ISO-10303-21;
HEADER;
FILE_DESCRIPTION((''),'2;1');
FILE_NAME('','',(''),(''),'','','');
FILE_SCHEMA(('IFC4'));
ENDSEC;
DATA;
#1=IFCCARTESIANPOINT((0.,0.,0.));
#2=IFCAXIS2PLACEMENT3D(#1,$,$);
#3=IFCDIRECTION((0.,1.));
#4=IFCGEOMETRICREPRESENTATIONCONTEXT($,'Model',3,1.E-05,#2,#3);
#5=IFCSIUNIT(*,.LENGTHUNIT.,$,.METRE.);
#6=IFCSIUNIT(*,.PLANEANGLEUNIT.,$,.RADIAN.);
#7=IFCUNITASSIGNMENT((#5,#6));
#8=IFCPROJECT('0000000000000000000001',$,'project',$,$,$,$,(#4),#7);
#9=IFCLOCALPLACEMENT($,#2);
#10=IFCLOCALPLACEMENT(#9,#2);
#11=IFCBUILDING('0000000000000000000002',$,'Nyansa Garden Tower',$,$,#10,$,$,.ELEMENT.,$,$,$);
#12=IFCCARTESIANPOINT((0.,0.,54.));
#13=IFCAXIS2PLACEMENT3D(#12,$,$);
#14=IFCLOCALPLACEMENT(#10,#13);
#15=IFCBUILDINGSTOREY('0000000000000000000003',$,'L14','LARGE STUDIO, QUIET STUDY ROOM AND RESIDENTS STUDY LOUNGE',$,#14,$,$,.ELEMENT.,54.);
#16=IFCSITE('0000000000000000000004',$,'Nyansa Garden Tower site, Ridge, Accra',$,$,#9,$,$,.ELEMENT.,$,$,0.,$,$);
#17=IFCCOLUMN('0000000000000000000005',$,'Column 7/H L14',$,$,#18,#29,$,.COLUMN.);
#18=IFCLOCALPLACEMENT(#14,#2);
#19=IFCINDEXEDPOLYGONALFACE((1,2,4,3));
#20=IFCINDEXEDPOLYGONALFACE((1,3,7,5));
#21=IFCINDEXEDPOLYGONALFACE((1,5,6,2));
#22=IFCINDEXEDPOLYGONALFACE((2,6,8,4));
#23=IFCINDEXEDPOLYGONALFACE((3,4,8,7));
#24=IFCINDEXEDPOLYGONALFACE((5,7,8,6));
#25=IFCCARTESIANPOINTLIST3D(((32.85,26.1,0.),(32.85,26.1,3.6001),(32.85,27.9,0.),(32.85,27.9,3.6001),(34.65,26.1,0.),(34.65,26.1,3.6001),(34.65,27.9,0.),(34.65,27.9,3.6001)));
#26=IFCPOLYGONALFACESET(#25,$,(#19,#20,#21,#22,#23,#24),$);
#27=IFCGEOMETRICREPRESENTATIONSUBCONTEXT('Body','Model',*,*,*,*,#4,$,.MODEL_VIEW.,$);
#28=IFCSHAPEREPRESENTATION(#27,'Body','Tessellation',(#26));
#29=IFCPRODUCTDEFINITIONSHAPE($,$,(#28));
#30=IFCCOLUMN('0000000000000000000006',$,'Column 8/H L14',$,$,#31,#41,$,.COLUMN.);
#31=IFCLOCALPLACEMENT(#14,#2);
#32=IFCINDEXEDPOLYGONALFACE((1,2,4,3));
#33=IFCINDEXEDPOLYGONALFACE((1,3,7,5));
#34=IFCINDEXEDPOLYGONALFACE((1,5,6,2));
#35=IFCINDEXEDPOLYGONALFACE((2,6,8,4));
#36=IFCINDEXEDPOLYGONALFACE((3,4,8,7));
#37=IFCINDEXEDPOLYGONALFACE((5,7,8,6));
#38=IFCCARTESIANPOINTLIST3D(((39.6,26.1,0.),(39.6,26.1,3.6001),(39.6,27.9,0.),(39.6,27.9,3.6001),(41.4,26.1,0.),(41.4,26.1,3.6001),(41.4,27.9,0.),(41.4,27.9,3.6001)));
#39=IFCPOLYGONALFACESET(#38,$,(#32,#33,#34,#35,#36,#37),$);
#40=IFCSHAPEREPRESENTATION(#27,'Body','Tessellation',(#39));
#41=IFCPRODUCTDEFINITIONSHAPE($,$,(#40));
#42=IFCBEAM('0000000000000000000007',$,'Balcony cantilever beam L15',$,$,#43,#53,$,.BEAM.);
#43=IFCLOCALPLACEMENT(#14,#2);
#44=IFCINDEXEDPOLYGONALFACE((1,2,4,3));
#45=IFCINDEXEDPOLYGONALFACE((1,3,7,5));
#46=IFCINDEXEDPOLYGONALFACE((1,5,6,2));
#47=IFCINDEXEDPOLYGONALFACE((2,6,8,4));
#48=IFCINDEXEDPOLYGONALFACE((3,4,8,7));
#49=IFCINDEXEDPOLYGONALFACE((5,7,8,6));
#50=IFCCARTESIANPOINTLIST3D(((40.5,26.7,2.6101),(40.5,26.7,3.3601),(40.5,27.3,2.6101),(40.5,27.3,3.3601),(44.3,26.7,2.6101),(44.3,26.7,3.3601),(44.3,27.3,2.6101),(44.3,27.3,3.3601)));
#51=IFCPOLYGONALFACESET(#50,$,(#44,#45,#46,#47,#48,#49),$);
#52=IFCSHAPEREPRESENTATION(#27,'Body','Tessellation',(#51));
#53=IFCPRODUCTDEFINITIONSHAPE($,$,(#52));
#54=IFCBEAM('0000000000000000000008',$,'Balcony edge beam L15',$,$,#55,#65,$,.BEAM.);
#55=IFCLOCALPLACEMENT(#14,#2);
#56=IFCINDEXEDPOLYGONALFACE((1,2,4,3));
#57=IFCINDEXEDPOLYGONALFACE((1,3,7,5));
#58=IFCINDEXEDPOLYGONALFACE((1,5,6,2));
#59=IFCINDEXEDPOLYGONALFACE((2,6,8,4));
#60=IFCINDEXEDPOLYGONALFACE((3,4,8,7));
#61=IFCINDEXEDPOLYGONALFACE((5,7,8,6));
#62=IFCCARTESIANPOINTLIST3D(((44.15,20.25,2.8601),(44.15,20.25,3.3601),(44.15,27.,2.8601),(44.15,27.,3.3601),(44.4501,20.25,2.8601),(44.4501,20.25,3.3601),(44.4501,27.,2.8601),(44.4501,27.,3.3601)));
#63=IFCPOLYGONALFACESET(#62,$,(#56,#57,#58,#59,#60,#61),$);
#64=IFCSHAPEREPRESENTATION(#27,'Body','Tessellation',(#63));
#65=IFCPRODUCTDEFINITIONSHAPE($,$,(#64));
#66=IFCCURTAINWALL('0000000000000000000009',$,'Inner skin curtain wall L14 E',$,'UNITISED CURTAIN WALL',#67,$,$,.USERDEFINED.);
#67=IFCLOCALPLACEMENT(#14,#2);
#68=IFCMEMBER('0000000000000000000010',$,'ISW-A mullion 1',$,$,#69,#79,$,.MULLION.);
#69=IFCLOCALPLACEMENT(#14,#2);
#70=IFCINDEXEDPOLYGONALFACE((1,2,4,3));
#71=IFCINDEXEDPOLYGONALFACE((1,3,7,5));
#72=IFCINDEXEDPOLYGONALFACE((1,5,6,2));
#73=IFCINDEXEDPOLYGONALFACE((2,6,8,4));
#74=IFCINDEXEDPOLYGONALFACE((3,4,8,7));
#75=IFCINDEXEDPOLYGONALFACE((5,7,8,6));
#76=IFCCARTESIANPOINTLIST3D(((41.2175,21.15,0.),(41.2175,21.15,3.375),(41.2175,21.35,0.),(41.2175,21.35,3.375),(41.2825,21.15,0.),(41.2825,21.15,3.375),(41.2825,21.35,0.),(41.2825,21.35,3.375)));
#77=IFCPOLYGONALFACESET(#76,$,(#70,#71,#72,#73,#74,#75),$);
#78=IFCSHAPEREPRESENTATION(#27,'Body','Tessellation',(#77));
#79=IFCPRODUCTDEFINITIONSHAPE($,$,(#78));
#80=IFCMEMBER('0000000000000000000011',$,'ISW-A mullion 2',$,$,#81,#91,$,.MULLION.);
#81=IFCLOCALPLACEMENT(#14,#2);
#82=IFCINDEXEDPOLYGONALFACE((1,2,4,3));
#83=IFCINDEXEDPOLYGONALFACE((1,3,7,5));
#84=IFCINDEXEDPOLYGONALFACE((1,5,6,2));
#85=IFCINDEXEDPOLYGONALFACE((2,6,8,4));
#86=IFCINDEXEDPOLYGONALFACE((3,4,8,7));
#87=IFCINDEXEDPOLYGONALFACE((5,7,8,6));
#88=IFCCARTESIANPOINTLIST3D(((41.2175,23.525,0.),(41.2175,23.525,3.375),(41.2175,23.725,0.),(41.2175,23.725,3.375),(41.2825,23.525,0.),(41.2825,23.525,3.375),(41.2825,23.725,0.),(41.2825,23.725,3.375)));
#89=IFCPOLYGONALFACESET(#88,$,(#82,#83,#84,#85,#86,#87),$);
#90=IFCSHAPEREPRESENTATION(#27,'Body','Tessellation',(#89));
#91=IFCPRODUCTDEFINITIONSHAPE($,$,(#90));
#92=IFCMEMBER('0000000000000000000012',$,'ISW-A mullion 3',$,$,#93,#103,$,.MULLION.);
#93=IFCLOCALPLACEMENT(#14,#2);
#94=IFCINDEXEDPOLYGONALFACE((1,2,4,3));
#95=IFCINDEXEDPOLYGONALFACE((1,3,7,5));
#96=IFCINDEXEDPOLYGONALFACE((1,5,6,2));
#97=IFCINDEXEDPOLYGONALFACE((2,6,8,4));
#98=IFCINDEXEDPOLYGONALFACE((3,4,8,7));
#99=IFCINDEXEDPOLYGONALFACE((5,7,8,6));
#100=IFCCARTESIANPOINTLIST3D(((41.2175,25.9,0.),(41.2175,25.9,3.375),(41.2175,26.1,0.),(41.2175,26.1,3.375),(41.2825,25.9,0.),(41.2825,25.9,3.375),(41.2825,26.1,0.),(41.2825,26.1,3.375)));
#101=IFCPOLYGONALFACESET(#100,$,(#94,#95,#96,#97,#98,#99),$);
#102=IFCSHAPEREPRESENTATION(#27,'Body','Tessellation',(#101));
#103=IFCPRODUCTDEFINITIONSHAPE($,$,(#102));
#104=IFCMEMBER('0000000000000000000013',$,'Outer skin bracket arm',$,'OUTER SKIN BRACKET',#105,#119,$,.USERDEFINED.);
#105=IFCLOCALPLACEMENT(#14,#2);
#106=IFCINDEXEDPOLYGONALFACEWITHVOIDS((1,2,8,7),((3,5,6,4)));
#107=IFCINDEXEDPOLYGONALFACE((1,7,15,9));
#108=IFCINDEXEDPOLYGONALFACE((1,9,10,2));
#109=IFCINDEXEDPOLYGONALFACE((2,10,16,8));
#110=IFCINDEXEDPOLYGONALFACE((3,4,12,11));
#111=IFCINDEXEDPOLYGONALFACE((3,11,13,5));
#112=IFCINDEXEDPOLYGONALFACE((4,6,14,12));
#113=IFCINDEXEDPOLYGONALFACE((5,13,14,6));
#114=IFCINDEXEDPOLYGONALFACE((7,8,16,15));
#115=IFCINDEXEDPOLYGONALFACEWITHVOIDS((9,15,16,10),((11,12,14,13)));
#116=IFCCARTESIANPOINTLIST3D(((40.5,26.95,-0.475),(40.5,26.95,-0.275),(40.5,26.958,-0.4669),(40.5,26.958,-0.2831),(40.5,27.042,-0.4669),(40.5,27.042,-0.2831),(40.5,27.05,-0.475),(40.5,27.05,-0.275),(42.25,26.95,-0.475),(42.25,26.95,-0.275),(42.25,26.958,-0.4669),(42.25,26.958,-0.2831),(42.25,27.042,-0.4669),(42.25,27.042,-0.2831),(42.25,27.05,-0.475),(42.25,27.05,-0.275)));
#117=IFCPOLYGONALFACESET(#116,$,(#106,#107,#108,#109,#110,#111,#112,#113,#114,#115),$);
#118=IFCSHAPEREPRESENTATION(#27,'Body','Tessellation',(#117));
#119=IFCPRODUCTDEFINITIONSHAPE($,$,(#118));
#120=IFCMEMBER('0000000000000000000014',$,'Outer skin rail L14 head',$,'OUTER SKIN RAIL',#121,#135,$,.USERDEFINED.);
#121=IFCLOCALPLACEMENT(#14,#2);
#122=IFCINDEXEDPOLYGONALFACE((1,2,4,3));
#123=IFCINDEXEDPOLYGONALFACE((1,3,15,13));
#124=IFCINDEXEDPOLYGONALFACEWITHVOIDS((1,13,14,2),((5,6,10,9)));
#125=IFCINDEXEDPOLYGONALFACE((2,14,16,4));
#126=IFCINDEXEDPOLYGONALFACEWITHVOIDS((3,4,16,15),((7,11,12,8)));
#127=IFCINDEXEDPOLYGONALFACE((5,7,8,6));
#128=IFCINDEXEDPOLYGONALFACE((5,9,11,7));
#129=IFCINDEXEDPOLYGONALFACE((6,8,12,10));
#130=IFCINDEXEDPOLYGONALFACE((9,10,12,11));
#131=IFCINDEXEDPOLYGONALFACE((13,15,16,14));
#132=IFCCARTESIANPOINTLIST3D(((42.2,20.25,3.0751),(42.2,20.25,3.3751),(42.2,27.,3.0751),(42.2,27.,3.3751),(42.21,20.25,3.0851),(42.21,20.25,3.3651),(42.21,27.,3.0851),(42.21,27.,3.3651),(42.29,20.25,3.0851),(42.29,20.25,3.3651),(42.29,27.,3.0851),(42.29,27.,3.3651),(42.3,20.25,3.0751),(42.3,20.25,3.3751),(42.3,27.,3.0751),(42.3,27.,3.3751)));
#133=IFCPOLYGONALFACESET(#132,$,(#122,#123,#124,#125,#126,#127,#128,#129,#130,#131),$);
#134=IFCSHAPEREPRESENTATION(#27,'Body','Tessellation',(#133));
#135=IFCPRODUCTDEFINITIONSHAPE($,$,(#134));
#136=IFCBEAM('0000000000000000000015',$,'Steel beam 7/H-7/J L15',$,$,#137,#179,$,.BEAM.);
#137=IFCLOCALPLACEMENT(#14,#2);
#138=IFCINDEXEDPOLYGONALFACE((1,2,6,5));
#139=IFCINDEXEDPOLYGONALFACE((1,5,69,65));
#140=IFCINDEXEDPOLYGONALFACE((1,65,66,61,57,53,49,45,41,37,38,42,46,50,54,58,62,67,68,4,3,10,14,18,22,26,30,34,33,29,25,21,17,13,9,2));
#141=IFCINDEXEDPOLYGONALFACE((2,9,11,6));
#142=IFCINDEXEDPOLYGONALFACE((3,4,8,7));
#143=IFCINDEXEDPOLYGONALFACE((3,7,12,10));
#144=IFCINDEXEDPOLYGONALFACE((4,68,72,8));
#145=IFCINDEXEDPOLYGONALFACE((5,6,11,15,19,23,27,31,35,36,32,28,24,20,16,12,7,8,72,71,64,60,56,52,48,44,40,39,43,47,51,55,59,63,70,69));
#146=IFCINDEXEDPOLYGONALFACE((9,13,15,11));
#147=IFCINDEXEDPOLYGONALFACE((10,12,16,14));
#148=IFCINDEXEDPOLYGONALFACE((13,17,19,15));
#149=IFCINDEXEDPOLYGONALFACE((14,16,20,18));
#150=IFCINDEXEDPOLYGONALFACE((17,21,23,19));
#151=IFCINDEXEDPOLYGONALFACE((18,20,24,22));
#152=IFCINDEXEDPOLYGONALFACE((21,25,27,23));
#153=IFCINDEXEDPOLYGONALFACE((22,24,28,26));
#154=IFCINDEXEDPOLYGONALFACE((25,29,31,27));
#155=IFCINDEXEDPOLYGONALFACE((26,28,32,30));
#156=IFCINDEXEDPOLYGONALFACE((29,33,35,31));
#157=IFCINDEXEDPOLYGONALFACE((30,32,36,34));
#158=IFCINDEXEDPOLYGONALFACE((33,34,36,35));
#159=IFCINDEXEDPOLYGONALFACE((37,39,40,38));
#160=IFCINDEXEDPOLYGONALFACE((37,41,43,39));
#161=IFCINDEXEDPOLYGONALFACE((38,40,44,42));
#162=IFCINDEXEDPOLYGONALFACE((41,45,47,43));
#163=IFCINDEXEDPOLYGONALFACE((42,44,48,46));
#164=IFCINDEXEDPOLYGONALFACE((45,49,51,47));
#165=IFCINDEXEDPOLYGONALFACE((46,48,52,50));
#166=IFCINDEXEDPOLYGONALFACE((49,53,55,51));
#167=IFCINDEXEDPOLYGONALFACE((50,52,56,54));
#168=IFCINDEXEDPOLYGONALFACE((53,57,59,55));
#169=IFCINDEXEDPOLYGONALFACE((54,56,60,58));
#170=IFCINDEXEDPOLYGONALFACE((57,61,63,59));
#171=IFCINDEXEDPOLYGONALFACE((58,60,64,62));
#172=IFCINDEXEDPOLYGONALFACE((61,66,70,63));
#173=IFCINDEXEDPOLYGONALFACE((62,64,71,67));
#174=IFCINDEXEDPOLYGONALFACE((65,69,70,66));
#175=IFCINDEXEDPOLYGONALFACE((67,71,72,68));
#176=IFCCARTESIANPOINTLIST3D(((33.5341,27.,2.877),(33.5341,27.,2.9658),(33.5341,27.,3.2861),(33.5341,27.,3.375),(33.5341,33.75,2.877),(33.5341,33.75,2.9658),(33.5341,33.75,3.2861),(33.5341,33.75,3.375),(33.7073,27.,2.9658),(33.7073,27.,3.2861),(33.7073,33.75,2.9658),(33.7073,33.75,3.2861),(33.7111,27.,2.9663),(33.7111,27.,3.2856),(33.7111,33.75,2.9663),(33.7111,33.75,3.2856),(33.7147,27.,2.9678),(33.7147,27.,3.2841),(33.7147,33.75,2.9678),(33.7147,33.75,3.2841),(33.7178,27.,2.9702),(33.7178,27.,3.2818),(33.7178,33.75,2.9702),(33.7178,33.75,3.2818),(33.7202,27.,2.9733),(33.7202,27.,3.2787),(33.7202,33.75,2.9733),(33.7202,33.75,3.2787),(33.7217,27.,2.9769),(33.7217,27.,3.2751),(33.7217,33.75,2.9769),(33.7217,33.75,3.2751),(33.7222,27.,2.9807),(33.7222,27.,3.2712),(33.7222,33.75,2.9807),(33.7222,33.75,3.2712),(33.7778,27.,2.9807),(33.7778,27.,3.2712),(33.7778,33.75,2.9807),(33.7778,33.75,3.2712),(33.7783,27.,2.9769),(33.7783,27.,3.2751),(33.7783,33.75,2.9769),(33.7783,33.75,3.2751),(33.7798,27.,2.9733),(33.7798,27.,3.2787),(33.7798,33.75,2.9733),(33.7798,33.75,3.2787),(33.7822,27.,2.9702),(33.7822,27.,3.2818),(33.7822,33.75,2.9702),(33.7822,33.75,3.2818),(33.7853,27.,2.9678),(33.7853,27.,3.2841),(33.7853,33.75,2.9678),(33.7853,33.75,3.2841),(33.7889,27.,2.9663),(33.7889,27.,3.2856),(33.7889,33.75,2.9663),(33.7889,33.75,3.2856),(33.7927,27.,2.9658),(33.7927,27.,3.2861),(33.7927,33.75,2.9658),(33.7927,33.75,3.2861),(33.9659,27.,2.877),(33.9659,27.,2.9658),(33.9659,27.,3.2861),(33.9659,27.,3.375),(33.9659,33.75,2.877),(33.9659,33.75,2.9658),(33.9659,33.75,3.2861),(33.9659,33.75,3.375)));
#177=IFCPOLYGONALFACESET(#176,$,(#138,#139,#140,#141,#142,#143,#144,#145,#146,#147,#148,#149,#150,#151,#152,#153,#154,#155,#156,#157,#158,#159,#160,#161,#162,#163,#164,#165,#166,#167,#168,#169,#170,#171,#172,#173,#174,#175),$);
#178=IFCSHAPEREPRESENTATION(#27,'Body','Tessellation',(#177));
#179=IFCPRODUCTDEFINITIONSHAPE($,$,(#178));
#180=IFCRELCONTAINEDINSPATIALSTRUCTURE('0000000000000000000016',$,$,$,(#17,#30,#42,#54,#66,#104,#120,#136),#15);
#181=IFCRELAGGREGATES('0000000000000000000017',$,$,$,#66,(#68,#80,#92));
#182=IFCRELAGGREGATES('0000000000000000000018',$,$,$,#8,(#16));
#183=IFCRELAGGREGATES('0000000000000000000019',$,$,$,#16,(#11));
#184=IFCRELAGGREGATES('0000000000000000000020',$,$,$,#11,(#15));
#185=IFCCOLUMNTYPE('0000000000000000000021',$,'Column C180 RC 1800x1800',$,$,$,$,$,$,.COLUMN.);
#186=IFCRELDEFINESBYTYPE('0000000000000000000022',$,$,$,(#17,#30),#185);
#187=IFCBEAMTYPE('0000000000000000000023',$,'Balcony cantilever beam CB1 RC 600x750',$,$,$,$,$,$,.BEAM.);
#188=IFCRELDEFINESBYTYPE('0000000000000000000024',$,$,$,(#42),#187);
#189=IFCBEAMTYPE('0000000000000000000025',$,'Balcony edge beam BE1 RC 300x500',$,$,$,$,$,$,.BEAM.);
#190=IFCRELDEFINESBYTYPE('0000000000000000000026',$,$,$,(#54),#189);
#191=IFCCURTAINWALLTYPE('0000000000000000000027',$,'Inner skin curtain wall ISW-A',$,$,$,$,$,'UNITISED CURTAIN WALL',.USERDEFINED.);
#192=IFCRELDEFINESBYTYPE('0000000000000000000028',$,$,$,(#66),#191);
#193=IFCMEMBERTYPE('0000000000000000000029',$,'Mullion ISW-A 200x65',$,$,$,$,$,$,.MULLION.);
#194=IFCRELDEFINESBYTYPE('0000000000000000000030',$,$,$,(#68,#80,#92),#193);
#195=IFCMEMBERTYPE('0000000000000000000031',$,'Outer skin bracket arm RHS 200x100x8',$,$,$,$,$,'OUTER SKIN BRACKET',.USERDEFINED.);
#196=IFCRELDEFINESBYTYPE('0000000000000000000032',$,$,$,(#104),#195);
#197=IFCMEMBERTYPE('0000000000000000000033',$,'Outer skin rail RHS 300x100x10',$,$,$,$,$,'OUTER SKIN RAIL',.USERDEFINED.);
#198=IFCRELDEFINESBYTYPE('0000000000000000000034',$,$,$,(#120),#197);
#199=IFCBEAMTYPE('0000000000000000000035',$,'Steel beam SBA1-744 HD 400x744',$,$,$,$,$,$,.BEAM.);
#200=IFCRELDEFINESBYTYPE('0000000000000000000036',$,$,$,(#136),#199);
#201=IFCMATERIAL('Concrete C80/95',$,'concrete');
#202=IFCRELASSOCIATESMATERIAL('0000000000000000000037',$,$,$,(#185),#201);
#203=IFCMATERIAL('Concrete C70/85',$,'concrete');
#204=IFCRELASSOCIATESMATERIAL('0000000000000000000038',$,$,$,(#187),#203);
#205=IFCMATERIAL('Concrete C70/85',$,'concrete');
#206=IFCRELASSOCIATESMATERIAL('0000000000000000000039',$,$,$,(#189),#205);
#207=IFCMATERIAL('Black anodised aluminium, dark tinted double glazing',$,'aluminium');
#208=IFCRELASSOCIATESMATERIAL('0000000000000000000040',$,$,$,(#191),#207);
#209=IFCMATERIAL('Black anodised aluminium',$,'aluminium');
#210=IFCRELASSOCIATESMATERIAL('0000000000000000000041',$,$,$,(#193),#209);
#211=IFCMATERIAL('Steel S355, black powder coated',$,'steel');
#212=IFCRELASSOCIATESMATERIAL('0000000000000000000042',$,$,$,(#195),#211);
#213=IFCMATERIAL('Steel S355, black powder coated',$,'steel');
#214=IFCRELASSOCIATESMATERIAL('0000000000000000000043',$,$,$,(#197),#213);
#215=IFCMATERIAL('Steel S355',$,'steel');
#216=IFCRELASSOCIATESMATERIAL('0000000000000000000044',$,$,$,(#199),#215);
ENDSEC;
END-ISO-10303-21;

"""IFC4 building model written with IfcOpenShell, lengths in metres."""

from ifc_helpers import new_model, si_unit, direction, frame, origin, origin_2d, place, context, subcontext, project, spatial, rectangle, hollow_rectangle, i_section, extrude, material, material_profile, profile_set, type_object, element, aggregate, save


model = new_model("IFC4")

# Units and contexts
model_context = context("Model", 3, precision=1e-05, world=origin(), true_north=direction((0.0, 1.0)))
body_context = subcontext(model_context, "Body", "Model", "MODEL_VIEW")
ifc_project = project(units=[si_unit("LENGTHUNIT", "METRE"), si_unit("PLANEANGLEUNIT", "RADIAN")], contexts=[model_context])

# Site, building, storey
site_placement = place(None, origin())
site = spatial("IfcSite", under=ifc_project, at=site_placement, Name="Nyansa Garden Tower site, Ridge, Accra", CompositionType="ELEMENT", RefElevation=0.0)
building_placement = place(site_placement, origin())
building = spatial("IfcBuilding", under=site, at=building_placement, Name="Nyansa Garden Tower", CompositionType="ELEMENT")
storey_placement = place(building_placement, frame((0.0, 0.0, 54.0)))
storey = spatial("IfcBuildingStorey", under=building, at=storey_placement, Name="L14", Description="LARGE STUDIO, QUIET STUDY ROOM AND RESIDENTS STUDY LOUNGE", CompositionType="ELEMENT", Elevation=54.0)

# Columns
ifc_material_1 = material(Name="Concrete C80/95", Category="concrete")
ifc_material_profile_1 = material_profile(ifc_material_1, rectangle(XDim=1.8, YDim=1.8, at=origin_2d()), Name="RC 1800x1800")
ifc_profile_set_1 = profile_set([ifc_material_profile_1], Name="Concrete C80/95")
column_type = type_object("IfcColumnType", Name="Column C180 RC 1800x1800", PredefinedType="COLUMN", material=ifc_profile_set_1)
for number, where, z_axis, x_axis, name in (
    (1, (33.75, 27.0, 0.0), (0.0, 0.0, 1.0), (1.0, 0.0, 0.0), "Column 7/H L14"),
    (2, (40.5, 27.0, 0.0), (0.0, 0.0, 1.0), (1.0, 0.0, 0.0), "Column 8/H L14"),
):
    element("IfcColumn", number, at=place(storey_placement, frame(where, z_axis=z_axis, x_axis=x_axis)), inside=storey, type_object=column_type, Name=name, PredefinedType="COLUMN", context=body_context, shape_type="SweptSolid", body=[
        extrude(rectangle(XDim=1.8, YDim=1.8, at=origin_2d()), origin(), (0.0, 0.0, 1.0), 3.6001),
    ])

# Beams
ifc_material_2 = material(Name="Concrete C70/85", Category="concrete")
ifc_material_profile_2 = material_profile(ifc_material_2, rectangle(XDim=0.6001, YDim=0.75, at=origin_2d()), Name="RC 600x750")
ifc_profile_set_2 = profile_set([ifc_material_profile_2], Name="Concrete C70/85")
beam_type_1 = type_object("IfcBeamType", Name="Balcony cantilever beam CB1 RC 600x750", PredefinedType="BEAM", material=ifc_profile_set_2)
beam_1_placement = place(storey_placement, frame((40.5, 27.0, 2.9851), z_axis=(1.0, 0.0, 0.0), x_axis=(0.0, 1.0, 0.0)))
element("IfcBeam", 3, at=beam_1_placement, inside=storey, type_object=beam_type_1, Name="Balcony cantilever beam L15", PredefinedType="BEAM", context=body_context, shape_type="SweptSolid", body=[
    extrude(rectangle(XDim=0.6001, YDim=0.75, at=origin_2d()), origin(), (0.0, 0.0, 1.0), 3.8),
])
ifc_material_3 = material(Name="Concrete C70/85", Category="concrete")
ifc_material_profile_3 = material_profile(ifc_material_3, rectangle(XDim=0.3, YDim=0.5, at=origin_2d()), Name="RC 300x500")
ifc_profile_set_3 = profile_set([ifc_material_profile_3], Name="Concrete C70/85")
beam_type_2 = type_object("IfcBeamType", Name="Balcony edge beam BE1 RC 300x500", PredefinedType="BEAM", material=ifc_profile_set_3)
beam_2_placement = place(storey_placement, frame((44.3, 20.25, 3.1101), z_axis=(0.0, 1.0, 0.0), x_axis=(-1.0, 0.0, 0.0)))
element("IfcBeam", 4, at=beam_2_placement, inside=storey, type_object=beam_type_2, Name="Balcony edge beam L15", PredefinedType="BEAM", context=body_context, shape_type="SweptSolid", body=[
    extrude(rectangle(XDim=0.3, YDim=0.5, at=origin_2d()), origin(), (0.0, 0.0, 1.0), 6.75),
])

# Curtain wall, members
ifc_material_4 = material(Name="Black anodised aluminium, dark tinted double glazing", Category="aluminium")
curtain_wall_type = type_object("IfcCurtainWallType", Name="Inner skin curtain wall ISW-A", ElementType="UNITISED CURTAIN WALL", PredefinedType="USERDEFINED", material=ifc_material_4)
curtain_wall_placement = place(storey_placement, origin())
curtain_wall = element("IfcCurtainWall", 5, at=curtain_wall_placement, inside=storey, type_object=curtain_wall_type, Name="Inner skin curtain wall L14 E", ObjectType="UNITISED CURTAIN WALL", PredefinedType="USERDEFINED")
ifc_material_5 = material(Name="Black anodised aluminium", Category="aluminium")
ifc_material_profile_4 = material_profile(ifc_material_5, rectangle(XDim=0.0649, YDim=0.2, at=origin_2d()), Name="Mullion 200x65")
ifc_profile_set_4 = profile_set([ifc_material_profile_4], Name="Black anodised aluminium")
member_type_1 = type_object("IfcMemberType", Name="Mullion ISW-A 200x65", PredefinedType="MULLION", material=ifc_profile_set_4)
member_1_placement = place(storey_placement, frame((41.25, 21.25, 0.0), z_axis=(0.0, 0.0, 1.0), x_axis=(-1.0, 0.0, 0.0)))
member_1 = element("IfcMember", 6, at=member_1_placement, type_object=member_type_1, Name="ISW-A mullion 1", PredefinedType="MULLION", context=body_context, shape_type="SweptSolid", body=[
    extrude(rectangle(XDim=0.0649, YDim=0.2, at=origin_2d()), origin(), (0.0, 0.0, 1.0), 3.375),
])
member_2_placement = place(storey_placement, frame((41.25, 23.625, 0.0), z_axis=(0.0, 0.0, 1.0), x_axis=(-1.0, 0.0, 0.0)))
member_2 = element("IfcMember", 7, at=member_2_placement, type_object=member_type_1, Name="ISW-A mullion 2", PredefinedType="MULLION", context=body_context, shape_type="SweptSolid", body=[
    extrude(rectangle(XDim=0.0649, YDim=0.2, at=origin_2d()), origin(), (0.0, 0.0, 1.0), 3.375),
])
member_3_placement = place(storey_placement, frame((41.25, 26.0, 0.0), z_axis=(0.0, 0.0, 1.0), x_axis=(-1.0, 0.0, 0.0)))
member_3 = element("IfcMember", 8, at=member_3_placement, type_object=member_type_1, Name="ISW-A mullion 3", PredefinedType="MULLION", context=body_context, shape_type="SweptSolid", body=[
    extrude(rectangle(XDim=0.0649, YDim=0.2, at=origin_2d()), origin(), (0.0, 0.0, 1.0), 3.375),
])

# Members
ifc_material_6 = material(Name="Steel S355, black powder coated", Category="steel")
ifc_material_profile_5 = material_profile(ifc_material_6, hollow_rectangle(XDim=0.1001, YDim=0.2, WallThickness=0.0081, at=origin_2d()), Name="RHS 200x100x8")
ifc_profile_set_5 = profile_set([ifc_material_profile_5], Name="Steel S355, black powder coated")
member_type_2 = type_object("IfcMemberType", Name="Outer skin bracket arm RHS 200x100x8", ElementType="OUTER SKIN BRACKET", PredefinedType="USERDEFINED", material=ifc_profile_set_5)
member_4_placement = place(storey_placement, frame((40.5, 27.0, -0.375), z_axis=(1.0, 0.0, 0.0), x_axis=(0.0, 1.0, 0.0)))
element("IfcMember", 9, at=member_4_placement, inside=storey, type_object=member_type_2, Name="Outer skin bracket arm", ObjectType="OUTER SKIN BRACKET", PredefinedType="USERDEFINED", context=body_context, shape_type="SweptSolid", body=[
    extrude(hollow_rectangle(XDim=0.1001, YDim=0.2, WallThickness=0.0081, at=origin_2d()), origin(), (0.0, 0.0, 1.0), 1.75),
])
ifc_material_7 = material(Name="Steel S355, black powder coated", Category="steel")
ifc_material_profile_6 = material_profile(ifc_material_7, hollow_rectangle(XDim=0.1001, YDim=0.3, WallThickness=0.01, at=origin_2d()), Name="RHS 300x100x10")
ifc_profile_set_6 = profile_set([ifc_material_profile_6], Name="Steel S355, black powder coated")
member_type_3 = type_object("IfcMemberType", Name="Outer skin rail RHS 300x100x10", ElementType="OUTER SKIN RAIL", PredefinedType="USERDEFINED", material=ifc_profile_set_6)
member_5_placement = place(storey_placement, frame((42.25, 20.25, 3.2251), z_axis=(0.0, 1.0, 0.0), x_axis=(-1.0, 0.0, 0.0)))
element("IfcMember", 10, at=member_5_placement, inside=storey, type_object=member_type_3, Name="Outer skin rail L14 head", ObjectType="OUTER SKIN RAIL", PredefinedType="USERDEFINED", context=body_context, shape_type="SweptSolid", body=[
    extrude(hollow_rectangle(XDim=0.1001, YDim=0.3, WallThickness=0.01, at=origin_2d()), origin(), (0.0, 0.0, 1.0), 6.75),
])

# Beam
ifc_material_8 = material(Name="Steel S355", Category="steel")
ifc_material_profile_7 = material_profile(ifc_material_8, i_section(OverallWidth=0.4319, OverallDepth=0.498, WebThickness=0.0557, FlangeThickness=0.0889, FilletRadius=0.0149, at=origin_2d()), Name="HD 400x744")
ifc_profile_set_7 = profile_set([ifc_material_profile_7], Name="Steel S355")
beam_type_3 = type_object("IfcBeamType", Name="Steel beam SBA1-744 HD 400x744", PredefinedType="BEAM", material=ifc_profile_set_7)
for number, where, z_axis, x_axis, name in (
    (11, (33.75, 27.0, 3.126), (0.0, 1.0, 0.0), (-1.0, 0.0, 0.0), "Steel beam 7/H-7/J L15"),
):
    element("IfcBeam", number, at=place(storey_placement, frame(where, z_axis=z_axis, x_axis=x_axis)), inside=storey, type_object=beam_type_3, Name=name, PredefinedType="BEAM", context=body_context, shape_type="SweptSolid", body=[
        extrude(i_section(OverallWidth=0.4319, OverallDepth=0.498, WebThickness=0.0557, FlangeThickness=0.0889, FilletRadius=0.0149, at=origin_2d()), origin(), (0.0, 0.0, 1.0), 6.75),
    ])

aggregate(curtain_wall, [member_1, member_2, member_3])

save(model, "model.ifc")
